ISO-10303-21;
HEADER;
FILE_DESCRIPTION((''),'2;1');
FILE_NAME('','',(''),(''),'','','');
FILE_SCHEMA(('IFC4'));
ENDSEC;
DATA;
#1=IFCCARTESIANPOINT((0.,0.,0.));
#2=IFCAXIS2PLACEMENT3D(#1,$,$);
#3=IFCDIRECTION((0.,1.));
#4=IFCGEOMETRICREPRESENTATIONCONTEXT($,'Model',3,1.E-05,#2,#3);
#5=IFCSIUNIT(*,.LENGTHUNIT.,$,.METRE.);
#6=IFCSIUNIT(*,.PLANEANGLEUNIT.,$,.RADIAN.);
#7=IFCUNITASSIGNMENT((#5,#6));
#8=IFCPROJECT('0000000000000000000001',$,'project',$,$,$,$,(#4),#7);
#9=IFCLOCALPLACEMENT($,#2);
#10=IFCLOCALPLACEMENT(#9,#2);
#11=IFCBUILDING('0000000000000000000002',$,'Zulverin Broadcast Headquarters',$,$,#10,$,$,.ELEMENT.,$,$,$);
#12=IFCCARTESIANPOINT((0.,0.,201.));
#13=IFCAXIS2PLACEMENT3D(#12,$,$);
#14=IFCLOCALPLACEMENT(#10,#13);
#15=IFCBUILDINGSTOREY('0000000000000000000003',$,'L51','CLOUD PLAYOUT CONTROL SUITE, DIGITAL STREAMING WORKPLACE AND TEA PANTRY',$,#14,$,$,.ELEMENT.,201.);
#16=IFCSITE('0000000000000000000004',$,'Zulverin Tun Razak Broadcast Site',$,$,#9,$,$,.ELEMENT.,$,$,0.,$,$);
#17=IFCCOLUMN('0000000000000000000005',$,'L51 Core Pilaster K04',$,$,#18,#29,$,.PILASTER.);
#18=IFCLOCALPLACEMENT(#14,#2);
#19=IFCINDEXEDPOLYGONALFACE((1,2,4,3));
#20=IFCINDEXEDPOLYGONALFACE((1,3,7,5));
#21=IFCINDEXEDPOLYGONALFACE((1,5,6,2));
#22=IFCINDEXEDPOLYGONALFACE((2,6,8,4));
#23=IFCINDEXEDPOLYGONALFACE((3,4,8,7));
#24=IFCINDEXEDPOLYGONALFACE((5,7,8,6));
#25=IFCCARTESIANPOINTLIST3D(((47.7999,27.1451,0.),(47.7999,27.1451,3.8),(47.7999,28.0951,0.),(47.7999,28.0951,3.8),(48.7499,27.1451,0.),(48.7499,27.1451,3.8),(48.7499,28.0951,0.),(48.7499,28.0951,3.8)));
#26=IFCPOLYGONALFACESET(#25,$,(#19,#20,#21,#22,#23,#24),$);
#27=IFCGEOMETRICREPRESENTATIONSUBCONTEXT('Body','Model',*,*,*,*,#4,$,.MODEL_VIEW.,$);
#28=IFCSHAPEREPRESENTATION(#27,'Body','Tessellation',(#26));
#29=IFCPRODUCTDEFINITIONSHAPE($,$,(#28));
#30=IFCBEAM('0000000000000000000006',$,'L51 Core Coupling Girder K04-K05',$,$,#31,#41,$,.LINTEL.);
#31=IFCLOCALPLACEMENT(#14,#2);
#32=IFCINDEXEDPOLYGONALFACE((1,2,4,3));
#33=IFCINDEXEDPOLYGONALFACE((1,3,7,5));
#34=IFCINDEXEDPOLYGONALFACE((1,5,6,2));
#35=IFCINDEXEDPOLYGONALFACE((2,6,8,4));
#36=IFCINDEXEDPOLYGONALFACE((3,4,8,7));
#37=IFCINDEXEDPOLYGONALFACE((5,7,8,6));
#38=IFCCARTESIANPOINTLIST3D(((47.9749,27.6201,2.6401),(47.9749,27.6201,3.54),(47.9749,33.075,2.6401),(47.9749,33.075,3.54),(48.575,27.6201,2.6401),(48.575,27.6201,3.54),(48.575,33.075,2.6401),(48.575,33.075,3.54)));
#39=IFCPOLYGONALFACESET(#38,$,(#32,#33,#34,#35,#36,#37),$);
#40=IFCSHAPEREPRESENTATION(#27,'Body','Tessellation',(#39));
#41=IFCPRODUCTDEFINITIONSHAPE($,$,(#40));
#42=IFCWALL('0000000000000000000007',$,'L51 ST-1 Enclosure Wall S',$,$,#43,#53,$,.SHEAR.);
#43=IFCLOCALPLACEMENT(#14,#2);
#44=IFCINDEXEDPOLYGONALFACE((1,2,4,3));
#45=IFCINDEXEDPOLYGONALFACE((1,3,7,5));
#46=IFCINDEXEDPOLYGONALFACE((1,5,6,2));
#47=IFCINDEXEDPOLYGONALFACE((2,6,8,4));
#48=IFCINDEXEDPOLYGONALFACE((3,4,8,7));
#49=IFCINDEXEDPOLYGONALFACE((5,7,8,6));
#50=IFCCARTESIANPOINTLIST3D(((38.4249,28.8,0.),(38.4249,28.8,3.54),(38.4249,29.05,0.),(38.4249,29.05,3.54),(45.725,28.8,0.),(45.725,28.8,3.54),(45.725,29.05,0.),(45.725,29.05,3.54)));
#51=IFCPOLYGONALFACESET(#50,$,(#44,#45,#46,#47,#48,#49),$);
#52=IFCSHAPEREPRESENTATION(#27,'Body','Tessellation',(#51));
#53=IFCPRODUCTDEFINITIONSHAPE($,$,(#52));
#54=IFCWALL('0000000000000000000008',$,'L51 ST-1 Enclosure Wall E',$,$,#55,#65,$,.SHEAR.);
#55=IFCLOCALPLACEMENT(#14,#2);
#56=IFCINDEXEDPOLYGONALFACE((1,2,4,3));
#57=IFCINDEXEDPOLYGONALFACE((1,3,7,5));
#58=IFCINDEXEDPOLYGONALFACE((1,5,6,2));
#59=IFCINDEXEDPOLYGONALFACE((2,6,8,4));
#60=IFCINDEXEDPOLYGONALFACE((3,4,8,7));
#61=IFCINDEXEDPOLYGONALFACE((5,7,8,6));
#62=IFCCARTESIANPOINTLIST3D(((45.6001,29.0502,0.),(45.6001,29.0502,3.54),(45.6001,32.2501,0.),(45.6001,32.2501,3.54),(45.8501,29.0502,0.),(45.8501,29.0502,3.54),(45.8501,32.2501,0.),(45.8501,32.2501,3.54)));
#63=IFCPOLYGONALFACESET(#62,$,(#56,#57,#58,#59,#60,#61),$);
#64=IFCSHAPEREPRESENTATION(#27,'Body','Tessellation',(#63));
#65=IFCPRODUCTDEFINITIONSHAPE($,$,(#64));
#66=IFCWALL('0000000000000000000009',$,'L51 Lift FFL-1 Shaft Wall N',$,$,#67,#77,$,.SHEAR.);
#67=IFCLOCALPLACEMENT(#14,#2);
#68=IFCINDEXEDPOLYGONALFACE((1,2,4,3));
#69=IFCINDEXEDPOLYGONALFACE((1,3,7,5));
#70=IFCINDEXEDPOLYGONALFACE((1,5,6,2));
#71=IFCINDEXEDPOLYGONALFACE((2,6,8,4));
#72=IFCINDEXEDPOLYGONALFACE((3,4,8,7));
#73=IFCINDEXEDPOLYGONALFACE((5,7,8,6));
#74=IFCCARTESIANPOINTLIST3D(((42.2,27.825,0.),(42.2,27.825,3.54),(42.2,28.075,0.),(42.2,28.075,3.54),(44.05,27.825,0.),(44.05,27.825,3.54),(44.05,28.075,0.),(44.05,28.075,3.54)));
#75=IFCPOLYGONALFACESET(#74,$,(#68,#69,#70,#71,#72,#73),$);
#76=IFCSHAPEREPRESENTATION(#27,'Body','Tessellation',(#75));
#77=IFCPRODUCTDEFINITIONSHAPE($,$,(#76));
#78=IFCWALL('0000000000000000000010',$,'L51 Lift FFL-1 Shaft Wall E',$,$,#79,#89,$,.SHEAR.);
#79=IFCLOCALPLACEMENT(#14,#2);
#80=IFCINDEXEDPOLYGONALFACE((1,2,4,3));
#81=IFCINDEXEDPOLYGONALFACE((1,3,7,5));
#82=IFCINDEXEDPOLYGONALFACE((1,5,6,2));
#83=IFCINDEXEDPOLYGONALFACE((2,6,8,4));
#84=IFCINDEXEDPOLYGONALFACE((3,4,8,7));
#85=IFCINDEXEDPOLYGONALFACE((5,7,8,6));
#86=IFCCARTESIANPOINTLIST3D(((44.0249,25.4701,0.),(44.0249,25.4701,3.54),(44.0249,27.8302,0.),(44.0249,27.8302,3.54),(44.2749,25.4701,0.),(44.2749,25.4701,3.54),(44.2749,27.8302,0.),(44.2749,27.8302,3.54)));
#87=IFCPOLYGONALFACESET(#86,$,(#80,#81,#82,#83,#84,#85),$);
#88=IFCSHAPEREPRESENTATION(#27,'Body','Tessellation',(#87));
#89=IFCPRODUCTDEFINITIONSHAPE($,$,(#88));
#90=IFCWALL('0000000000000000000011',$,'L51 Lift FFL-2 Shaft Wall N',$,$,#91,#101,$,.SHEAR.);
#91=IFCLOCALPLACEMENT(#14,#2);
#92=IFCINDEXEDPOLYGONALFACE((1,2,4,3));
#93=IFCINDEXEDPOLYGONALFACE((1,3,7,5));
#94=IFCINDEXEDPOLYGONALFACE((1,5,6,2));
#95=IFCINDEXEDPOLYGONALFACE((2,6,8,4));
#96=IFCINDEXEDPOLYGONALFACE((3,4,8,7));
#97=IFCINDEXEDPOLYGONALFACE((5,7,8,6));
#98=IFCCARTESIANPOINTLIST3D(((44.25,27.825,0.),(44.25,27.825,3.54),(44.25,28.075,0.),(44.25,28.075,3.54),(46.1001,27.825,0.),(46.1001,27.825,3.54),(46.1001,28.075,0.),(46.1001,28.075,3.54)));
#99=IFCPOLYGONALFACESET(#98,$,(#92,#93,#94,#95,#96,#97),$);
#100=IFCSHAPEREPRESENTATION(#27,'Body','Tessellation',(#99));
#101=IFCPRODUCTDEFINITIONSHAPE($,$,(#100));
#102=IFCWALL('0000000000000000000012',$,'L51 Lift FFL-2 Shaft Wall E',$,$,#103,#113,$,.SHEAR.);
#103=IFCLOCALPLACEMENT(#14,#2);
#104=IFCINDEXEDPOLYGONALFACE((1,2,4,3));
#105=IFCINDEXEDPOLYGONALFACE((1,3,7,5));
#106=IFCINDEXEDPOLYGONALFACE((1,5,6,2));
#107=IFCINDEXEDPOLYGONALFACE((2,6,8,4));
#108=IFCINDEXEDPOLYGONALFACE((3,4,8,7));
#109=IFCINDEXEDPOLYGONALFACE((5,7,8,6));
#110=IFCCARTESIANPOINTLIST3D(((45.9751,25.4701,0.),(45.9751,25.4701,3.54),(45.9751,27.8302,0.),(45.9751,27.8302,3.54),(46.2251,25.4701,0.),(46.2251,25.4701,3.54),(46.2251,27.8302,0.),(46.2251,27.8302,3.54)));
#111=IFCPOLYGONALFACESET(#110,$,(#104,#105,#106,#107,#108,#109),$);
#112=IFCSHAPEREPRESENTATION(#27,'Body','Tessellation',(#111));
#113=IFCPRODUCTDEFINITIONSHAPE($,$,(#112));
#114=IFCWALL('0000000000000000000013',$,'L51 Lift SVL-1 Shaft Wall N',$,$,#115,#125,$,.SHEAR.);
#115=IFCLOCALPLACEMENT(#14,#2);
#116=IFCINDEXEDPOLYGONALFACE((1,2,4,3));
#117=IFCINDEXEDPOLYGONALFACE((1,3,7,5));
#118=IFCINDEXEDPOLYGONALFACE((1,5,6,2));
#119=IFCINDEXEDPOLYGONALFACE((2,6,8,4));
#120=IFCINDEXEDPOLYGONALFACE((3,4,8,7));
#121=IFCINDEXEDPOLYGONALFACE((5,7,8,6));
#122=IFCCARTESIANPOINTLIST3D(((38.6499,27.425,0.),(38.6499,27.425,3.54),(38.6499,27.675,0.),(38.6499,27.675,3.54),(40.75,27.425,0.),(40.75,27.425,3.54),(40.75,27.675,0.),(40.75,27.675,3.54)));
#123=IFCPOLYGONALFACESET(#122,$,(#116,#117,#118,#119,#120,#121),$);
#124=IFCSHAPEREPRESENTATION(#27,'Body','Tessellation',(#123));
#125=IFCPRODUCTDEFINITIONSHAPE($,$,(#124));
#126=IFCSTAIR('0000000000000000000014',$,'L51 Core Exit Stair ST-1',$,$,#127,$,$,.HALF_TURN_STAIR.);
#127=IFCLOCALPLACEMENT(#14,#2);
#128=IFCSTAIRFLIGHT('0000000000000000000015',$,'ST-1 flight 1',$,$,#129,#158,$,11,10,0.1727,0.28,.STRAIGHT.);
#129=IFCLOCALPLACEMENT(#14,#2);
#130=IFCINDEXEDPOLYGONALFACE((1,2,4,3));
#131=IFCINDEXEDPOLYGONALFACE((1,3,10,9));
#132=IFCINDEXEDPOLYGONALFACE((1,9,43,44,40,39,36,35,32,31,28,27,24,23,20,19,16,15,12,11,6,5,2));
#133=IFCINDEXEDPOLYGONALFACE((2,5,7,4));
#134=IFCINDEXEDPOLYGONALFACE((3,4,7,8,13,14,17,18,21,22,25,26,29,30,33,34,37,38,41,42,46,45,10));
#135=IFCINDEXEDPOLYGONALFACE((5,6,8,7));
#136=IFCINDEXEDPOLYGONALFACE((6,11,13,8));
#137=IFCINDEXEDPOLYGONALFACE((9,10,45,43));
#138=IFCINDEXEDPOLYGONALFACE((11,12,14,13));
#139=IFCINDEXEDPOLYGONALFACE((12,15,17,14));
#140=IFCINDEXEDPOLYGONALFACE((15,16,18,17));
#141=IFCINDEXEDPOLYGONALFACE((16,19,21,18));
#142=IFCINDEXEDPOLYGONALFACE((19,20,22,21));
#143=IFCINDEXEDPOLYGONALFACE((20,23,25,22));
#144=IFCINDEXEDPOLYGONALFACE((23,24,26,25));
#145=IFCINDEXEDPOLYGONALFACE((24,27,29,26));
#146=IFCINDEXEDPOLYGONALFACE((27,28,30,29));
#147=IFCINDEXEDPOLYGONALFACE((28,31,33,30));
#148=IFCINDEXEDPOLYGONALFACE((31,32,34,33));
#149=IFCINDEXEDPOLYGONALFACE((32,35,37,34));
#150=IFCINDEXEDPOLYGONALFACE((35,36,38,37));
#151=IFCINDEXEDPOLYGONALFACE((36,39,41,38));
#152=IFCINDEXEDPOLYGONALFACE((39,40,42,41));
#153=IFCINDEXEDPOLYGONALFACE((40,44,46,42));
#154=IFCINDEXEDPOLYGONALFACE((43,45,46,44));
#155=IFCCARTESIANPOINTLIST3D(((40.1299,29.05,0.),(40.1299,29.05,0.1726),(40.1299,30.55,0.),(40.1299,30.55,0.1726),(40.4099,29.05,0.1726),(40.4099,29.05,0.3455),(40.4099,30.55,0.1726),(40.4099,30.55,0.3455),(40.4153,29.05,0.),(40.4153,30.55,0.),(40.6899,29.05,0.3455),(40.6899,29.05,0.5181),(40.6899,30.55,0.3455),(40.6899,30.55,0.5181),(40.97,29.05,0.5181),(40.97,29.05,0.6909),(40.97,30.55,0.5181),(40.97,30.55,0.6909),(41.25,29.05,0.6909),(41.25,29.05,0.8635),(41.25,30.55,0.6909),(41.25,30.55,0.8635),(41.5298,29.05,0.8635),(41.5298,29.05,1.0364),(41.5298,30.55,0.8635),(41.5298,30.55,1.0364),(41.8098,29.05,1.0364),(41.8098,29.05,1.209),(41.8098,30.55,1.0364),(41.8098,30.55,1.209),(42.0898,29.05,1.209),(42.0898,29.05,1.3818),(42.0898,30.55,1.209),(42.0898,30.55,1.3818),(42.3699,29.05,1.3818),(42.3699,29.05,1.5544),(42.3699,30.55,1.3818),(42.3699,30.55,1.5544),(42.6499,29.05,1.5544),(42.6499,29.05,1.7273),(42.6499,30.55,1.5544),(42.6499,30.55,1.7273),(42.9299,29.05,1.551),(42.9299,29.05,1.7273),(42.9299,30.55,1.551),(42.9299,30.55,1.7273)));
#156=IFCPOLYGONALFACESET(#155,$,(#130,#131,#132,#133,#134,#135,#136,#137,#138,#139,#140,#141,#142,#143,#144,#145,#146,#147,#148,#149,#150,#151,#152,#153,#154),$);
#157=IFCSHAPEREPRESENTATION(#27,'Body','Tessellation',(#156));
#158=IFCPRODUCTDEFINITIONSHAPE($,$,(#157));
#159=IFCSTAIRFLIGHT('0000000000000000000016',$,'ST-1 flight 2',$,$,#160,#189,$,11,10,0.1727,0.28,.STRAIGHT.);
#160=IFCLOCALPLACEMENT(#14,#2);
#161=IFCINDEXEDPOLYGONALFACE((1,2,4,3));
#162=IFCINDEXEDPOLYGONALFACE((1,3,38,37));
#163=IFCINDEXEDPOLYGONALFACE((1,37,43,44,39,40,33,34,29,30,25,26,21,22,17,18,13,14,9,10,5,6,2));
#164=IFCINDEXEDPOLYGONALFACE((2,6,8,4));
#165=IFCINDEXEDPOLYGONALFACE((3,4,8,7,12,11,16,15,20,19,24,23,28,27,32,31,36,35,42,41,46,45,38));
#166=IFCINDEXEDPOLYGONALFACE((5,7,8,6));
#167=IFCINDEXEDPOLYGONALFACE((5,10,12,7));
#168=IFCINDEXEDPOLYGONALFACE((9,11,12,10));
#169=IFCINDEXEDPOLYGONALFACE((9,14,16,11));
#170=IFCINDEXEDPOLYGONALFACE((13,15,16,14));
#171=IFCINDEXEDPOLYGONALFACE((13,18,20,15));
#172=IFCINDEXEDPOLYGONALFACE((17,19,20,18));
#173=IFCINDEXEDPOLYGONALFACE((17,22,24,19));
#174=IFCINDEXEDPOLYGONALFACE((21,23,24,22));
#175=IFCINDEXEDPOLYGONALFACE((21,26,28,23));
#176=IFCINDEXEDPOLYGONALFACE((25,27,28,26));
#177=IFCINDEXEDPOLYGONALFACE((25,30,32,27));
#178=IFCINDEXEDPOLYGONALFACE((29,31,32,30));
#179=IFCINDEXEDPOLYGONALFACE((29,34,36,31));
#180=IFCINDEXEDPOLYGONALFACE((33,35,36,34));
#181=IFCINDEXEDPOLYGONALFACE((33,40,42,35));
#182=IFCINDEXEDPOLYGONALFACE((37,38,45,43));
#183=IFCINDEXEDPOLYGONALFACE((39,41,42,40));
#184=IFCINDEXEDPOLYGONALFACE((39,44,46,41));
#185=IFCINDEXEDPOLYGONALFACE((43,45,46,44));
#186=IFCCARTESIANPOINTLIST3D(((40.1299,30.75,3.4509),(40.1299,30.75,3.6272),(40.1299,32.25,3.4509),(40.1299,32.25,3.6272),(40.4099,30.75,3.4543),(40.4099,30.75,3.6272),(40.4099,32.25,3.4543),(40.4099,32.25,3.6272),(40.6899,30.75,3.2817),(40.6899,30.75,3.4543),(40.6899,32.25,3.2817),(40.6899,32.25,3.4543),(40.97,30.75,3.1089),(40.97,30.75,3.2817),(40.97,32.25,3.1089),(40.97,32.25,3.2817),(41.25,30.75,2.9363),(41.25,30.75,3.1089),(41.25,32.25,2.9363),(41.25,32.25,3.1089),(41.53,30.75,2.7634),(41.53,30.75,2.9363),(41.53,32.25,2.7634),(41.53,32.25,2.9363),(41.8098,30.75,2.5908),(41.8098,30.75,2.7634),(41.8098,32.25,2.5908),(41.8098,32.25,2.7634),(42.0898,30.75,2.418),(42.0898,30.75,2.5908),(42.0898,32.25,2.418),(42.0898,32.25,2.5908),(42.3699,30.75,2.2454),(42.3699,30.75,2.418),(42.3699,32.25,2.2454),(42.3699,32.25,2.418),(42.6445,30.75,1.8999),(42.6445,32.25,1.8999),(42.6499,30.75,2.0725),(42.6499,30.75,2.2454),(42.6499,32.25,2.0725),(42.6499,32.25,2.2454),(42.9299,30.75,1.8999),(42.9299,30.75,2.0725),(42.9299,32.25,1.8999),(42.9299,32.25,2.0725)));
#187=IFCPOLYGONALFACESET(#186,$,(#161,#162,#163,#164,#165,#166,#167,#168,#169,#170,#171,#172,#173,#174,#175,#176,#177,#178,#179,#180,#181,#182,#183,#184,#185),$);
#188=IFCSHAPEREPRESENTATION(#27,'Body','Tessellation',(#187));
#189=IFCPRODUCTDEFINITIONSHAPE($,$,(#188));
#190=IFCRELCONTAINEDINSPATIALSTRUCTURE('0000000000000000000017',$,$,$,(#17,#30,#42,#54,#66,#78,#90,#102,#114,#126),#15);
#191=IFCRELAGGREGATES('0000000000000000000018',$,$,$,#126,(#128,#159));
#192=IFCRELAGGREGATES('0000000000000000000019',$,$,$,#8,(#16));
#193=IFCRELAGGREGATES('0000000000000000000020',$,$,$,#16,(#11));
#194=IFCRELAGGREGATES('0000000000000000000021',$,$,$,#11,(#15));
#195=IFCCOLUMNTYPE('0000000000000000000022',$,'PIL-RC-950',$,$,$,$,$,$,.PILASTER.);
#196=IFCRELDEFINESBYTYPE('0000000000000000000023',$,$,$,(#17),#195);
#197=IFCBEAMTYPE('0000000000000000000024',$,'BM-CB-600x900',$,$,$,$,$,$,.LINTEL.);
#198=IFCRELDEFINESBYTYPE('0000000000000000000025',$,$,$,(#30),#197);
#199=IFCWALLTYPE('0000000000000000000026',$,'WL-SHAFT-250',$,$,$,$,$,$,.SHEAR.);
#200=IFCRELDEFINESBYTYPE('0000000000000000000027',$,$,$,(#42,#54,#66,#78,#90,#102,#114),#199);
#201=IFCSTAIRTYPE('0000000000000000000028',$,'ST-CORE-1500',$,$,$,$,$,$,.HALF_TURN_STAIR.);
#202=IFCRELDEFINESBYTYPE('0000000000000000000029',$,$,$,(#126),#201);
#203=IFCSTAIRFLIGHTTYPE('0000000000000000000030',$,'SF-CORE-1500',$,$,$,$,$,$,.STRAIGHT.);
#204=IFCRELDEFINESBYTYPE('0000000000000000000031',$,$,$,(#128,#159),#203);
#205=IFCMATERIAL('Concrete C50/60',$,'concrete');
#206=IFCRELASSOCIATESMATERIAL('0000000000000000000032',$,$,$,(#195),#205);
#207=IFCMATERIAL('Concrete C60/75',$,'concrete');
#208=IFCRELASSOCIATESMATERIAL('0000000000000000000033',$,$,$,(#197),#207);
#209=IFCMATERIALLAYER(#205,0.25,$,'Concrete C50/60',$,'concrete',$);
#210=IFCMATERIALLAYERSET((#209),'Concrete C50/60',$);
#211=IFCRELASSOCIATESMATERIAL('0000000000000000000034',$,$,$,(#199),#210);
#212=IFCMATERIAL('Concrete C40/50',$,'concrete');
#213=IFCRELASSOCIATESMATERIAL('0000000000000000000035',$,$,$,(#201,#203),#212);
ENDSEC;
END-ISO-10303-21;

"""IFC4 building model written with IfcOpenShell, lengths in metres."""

from ifc_helpers import new_model, si_unit, direction, frame, frame_2d, origin, origin_2d, place, context, subcontext, project, spatial, polyline, rectangle, outline, extrude, material, layer, layer_set, material_profile, profile_set, type_object, element, aggregate, save


model = new_model("IFC4")

# Units and contexts
model_context = context("Model", 3, precision=1e-05, world=origin(), true_north=direction((0.0, 1.0)))
body_context = subcontext(model_context, "Body", "Model", "MODEL_VIEW")
ifc_project = project(units=[si_unit("LENGTHUNIT", "METRE"), si_unit("PLANEANGLEUNIT", "RADIAN")], contexts=[model_context])

# Site, building, storey
site_placement = place(None, origin())
site = spatial("IfcSite", under=ifc_project, at=site_placement, Name="Zulverin Tun Razak Broadcast Site", CompositionType="ELEMENT", RefElevation=0.0)
building_placement = place(site_placement, origin())
building = spatial("IfcBuilding", under=site, at=building_placement, Name="Zulverin Broadcast Headquarters", CompositionType="ELEMENT")
storey_placement = place(building_placement, frame((0.0, 0.0, 201.0)))
storey = spatial("IfcBuildingStorey", under=building, at=storey_placement, Name="L51", Description="CLOUD PLAYOUT CONTROL SUITE, DIGITAL STREAMING WORKPLACE AND TEA PANTRY", CompositionType="ELEMENT", Elevation=201.0)

# Column
ifc_material_1 = material(Name="Concrete C50/60", Category="concrete")
ifc_material_profile_1 = material_profile(ifc_material_1, rectangle(XDim=0.95, YDim=0.95, at=origin_2d()), Name="Concrete C50/60", Category="concrete")
ifc_profile_set_1 = profile_set([ifc_material_profile_1], Name="Concrete C50/60")
column_type = type_object("IfcColumnType", Name="PIL-RC-950", PredefinedType="PILASTER", material=ifc_profile_set_1)
column_placement = place(storey_placement, frame((48.2749, 27.6201, 0.0), z_axis=(0.0, 0.0, 1.0), x_axis=(1.0, 0.0, 0.0)))
element("IfcColumn", 1, at=column_placement, inside=storey, type_object=column_type, Name="L51 Core Pilaster K04", PredefinedType="PILASTER", context=body_context, shape_type="SweptSolid", body=[
    extrude(rectangle(XDim=0.95, YDim=0.95, at=origin_2d()), origin(), (0.0, 0.0, 1.0), 3.8),
])

# Beam
ifc_material_2 = material(Name="Concrete C60/75", Category="concrete")
ifc_material_profile_2 = material_profile(ifc_material_2, rectangle(XDim=0.6001, YDim=0.8999, at=origin_2d()), Name="Concrete C60/75", Category="concrete")
ifc_profile_set_2 = profile_set([ifc_material_profile_2], Name="Concrete C60/75")
beam_type = type_object("IfcBeamType", Name="BM-CB-600x900", PredefinedType="LINTEL", material=ifc_profile_set_2)
beam_placement = place(storey_placement, frame((48.2749, 27.6201, 3.0901), z_axis=(0.0, 1.0, 0.0), x_axis=(-1.0, 0.0, 0.0)))
element("IfcBeam", 2, at=beam_placement, inside=storey, type_object=beam_type, Name="L51 Core Coupling Girder K04-K05", PredefinedType="LINTEL", context=body_context, shape_type="SweptSolid", body=[
    extrude(rectangle(XDim=0.6001, YDim=0.8999, at=origin_2d()), origin(), (0.0, 0.0, 1.0), 5.4548),
])

# Wall
ifc_layer = layer(ifc_material_1, 0.25, Name="Concrete C50/60", Category="concrete")
ifc_layer_set = layer_set([ifc_layer], Name="Concrete C50/60")
wall_type = type_object("IfcWallType", Name="WL-SHAFT-250", PredefinedType="SHEAR", material=ifc_layer_set)
wall_1_placement = place(storey_placement, frame((38.425, 28.925, 0.0), z_axis=(0.0, 0.0, 1.0), x_axis=(1.0, 0.0, 0.0)))
element("IfcWall", 3, at=wall_1_placement, inside=storey, type_object=wall_type, Name="L51 ST-1 Enclosure Wall S", PredefinedType="SHEAR", context=body_context, shape_type="SweptSolid", body=[
    extrude(rectangle(XDim=7.3, YDim=0.25, at=frame_2d((3.6499, 0.0))), origin(), (0.0, 0.0, 1.0), 3.54),
])

# Walls
wall_2_placement = place(storey_placement, frame((45.7251, 29.05, 0.0), z_axis=(0.0, 0.0, 1.0), x_axis=(0.0, 1.0, 0.0)))
element("IfcWall", 4, at=wall_2_placement, inside=storey, type_object=wall_type, Name="L51 ST-1 Enclosure Wall E", PredefinedType="SHEAR", context=body_context, shape_type="SweptSolid", body=[
    extrude(rectangle(XDim=3.2, YDim=0.25, at=frame_2d((1.6001, 0.0))), origin(), (0.0, 0.0, 1.0), 3.54),
])
wall_3_placement = place(storey_placement, frame((42.2, 27.95, 0.0), z_axis=(0.0, 0.0, 1.0), x_axis=(1.0, 0.0, 0.0)))
element("IfcWall", 5, at=wall_3_placement, inside=storey, type_object=wall_type, Name="L51 Lift FFL-1 Shaft Wall N", PredefinedType="SHEAR", context=body_context, shape_type="SweptSolid", body=[
    extrude(rectangle(XDim=1.8501, YDim=0.25, at=frame_2d((0.925, 0.0))), origin(), (0.0, 0.0, 1.0), 3.54),
])
wall_4_placement = place(storey_placement, frame((44.1499, 25.47, 0.0), z_axis=(0.0, 0.0, 1.0), x_axis=(0.0, 1.0, 0.0)))
element("IfcWall", 6, at=wall_4_placement, inside=storey, type_object=wall_type, Name="L51 Lift FFL-1 Shaft Wall E", PredefinedType="SHEAR", context=body_context, shape_type="SweptSolid", body=[
    extrude(rectangle(XDim=2.3601, YDim=0.25, at=frame_2d((1.1802, 0.0))), origin(), (0.0, 0.0, 1.0), 3.54),
])
wall_5_placement = place(storey_placement, frame((44.25, 27.95, 0.0), z_axis=(0.0, 0.0, 1.0), x_axis=(1.0, 0.0, 0.0)))
element("IfcWall", 7, at=wall_5_placement, inside=storey, type_object=wall_type, Name="L51 Lift FFL-2 Shaft Wall N", PredefinedType="SHEAR", context=body_context, shape_type="SweptSolid", body=[
    extrude(rectangle(XDim=1.8501, YDim=0.25, at=frame_2d((0.925, 0.0))), origin(), (0.0, 0.0, 1.0), 3.54),
])
wall_6_placement = place(storey_placement, frame((46.1001, 25.47, 0.0), z_axis=(0.0, 0.0, 1.0), x_axis=(0.0, 1.0, 0.0)))
element("IfcWall", 8, at=wall_6_placement, inside=storey, type_object=wall_type, Name="L51 Lift FFL-2 Shaft Wall E", PredefinedType="SHEAR", context=body_context, shape_type="SweptSolid", body=[
    extrude(rectangle(XDim=2.3601, YDim=0.25, at=frame_2d((1.1802, 0.0))), origin(), (0.0, 0.0, 1.0), 3.54),
])
wall_7_placement = place(storey_placement, frame((38.6499, 27.55, 0.0), z_axis=(0.0, 0.0, 1.0), x_axis=(1.0, 0.0, 0.0)))
element("IfcWall", 9, at=wall_7_placement, inside=storey, type_object=wall_type, Name="L51 Lift SVL-1 Shaft Wall N", PredefinedType="SHEAR", context=body_context, shape_type="SweptSolid", body=[
    extrude(rectangle(XDim=2.1001, YDim=0.25, at=frame_2d((1.05, 0.0))), origin(), (0.0, 0.0, 1.0), 3.54),
])

# Stair, stair flights
ifc_material_3 = material(Name="Concrete C40/50", Category="concrete")
stair_type = type_object("IfcStairType", Name="ST-CORE-1500", PredefinedType="HALF_TURN_STAIR", material=ifc_material_3)
stair_placement = place(storey_placement, origin())
stair = element("IfcStair", 10, at=stair_placement, inside=storey, type_object=stair_type, Name="L51 Core Exit Stair ST-1", PredefinedType="HALF_TURN_STAIR")
stair_flight_type = type_object("IfcStairFlightType", Name="SF-CORE-1500", PredefinedType="STRAIGHT", material=ifc_material_3)
stair_flight_1_placement = place(storey_placement, frame((40.1299, 29.8, 0.0), z_axis=(0.0, 0.0, 1.0), x_axis=(1.0, 0.0, 0.0)))
stair_flight_1 = element("IfcStairFlight", 11, at=stair_flight_1_placement, type_object=stair_flight_type, Name="ST-1 flight 1", NumberOfRisers=11, NumberOfTreads=10, PredefinedType="STRAIGHT", RiserHeight=0.1727, TreadLength=0.28, context=body_context, shape_type="SweptSolid", body=[
    extrude(outline(polyline([(0.0, 0.0), (0.0, 0.1726), (0.28, 0.1726), (0.28, 0.3455), (0.5601, 0.3455), (0.5601, 0.5181), (0.8401, 0.5181), (0.8401, 0.6909), (1.1201, 0.6909), (1.1201, 0.8635), (1.3999, 0.8635), (1.3999, 1.0364), (1.6799, 1.0364), (1.6799, 1.209), (1.96, 1.209), (1.96, 1.3818), (2.24, 1.3818), (2.24, 1.5544), (2.52, 1.5544), (2.52, 1.7273), (2.8, 1.7273), (2.8, 1.8999), (2.8, 1.551), (0.2854, 0.0), (0.0, 0.0)])), frame((0.0, 0.75, 0.0), z_axis=(0.0, -1.0, 0.0), x_axis=(1.0, 0.0, 0.0)), (0.0, 0.0, 1.0), 1.5),
])
stair_flight_2_placement = place(storey_placement, frame((42.9299, 31.5, 1.8999), z_axis=(0.0, 0.0, 1.0), x_axis=(-1.0, 0.0, 0.0)))
stair_flight_2 = element("IfcStairFlight", 12, at=stair_flight_2_placement, type_object=stair_flight_type, Name="ST-1 flight 2", NumberOfRisers=11, NumberOfTreads=10, PredefinedType="STRAIGHT", RiserHeight=0.1727, TreadLength=0.28, context=body_context, shape_type="SweptSolid", body=[
    extrude(outline(polyline([(0.0, 0.0), (0.0, 0.1726), (0.28, 0.1726), (0.28, 0.3455), (0.5601, 0.3455), (0.5601, 0.5181), (0.8401, 0.5181), (0.8401, 0.6909), (1.1201, 0.6909), (1.1201, 0.8635), (1.3999, 0.8635), (1.3999, 1.0364), (1.6799, 1.0364), (1.6799, 1.209), (1.96, 1.209), (1.96, 1.3818), (2.24, 1.3818), (2.24, 1.5544), (2.52, 1.5544), (2.52, 1.7273), (2.8, 1.7273), (2.8, 1.8999), (2.8, 1.551), (0.2854, 0.0), (0.0, 0.0)])), frame((0.0, 0.75, 0.0), z_axis=(0.0, -1.0, 0.0), x_axis=(1.0, 0.0, 0.0)), (0.0, 0.0, 1.0), 1.5),
])
aggregate(stair, [stair_flight_1, stair_flight_2])

save(model, "model.ifc")
